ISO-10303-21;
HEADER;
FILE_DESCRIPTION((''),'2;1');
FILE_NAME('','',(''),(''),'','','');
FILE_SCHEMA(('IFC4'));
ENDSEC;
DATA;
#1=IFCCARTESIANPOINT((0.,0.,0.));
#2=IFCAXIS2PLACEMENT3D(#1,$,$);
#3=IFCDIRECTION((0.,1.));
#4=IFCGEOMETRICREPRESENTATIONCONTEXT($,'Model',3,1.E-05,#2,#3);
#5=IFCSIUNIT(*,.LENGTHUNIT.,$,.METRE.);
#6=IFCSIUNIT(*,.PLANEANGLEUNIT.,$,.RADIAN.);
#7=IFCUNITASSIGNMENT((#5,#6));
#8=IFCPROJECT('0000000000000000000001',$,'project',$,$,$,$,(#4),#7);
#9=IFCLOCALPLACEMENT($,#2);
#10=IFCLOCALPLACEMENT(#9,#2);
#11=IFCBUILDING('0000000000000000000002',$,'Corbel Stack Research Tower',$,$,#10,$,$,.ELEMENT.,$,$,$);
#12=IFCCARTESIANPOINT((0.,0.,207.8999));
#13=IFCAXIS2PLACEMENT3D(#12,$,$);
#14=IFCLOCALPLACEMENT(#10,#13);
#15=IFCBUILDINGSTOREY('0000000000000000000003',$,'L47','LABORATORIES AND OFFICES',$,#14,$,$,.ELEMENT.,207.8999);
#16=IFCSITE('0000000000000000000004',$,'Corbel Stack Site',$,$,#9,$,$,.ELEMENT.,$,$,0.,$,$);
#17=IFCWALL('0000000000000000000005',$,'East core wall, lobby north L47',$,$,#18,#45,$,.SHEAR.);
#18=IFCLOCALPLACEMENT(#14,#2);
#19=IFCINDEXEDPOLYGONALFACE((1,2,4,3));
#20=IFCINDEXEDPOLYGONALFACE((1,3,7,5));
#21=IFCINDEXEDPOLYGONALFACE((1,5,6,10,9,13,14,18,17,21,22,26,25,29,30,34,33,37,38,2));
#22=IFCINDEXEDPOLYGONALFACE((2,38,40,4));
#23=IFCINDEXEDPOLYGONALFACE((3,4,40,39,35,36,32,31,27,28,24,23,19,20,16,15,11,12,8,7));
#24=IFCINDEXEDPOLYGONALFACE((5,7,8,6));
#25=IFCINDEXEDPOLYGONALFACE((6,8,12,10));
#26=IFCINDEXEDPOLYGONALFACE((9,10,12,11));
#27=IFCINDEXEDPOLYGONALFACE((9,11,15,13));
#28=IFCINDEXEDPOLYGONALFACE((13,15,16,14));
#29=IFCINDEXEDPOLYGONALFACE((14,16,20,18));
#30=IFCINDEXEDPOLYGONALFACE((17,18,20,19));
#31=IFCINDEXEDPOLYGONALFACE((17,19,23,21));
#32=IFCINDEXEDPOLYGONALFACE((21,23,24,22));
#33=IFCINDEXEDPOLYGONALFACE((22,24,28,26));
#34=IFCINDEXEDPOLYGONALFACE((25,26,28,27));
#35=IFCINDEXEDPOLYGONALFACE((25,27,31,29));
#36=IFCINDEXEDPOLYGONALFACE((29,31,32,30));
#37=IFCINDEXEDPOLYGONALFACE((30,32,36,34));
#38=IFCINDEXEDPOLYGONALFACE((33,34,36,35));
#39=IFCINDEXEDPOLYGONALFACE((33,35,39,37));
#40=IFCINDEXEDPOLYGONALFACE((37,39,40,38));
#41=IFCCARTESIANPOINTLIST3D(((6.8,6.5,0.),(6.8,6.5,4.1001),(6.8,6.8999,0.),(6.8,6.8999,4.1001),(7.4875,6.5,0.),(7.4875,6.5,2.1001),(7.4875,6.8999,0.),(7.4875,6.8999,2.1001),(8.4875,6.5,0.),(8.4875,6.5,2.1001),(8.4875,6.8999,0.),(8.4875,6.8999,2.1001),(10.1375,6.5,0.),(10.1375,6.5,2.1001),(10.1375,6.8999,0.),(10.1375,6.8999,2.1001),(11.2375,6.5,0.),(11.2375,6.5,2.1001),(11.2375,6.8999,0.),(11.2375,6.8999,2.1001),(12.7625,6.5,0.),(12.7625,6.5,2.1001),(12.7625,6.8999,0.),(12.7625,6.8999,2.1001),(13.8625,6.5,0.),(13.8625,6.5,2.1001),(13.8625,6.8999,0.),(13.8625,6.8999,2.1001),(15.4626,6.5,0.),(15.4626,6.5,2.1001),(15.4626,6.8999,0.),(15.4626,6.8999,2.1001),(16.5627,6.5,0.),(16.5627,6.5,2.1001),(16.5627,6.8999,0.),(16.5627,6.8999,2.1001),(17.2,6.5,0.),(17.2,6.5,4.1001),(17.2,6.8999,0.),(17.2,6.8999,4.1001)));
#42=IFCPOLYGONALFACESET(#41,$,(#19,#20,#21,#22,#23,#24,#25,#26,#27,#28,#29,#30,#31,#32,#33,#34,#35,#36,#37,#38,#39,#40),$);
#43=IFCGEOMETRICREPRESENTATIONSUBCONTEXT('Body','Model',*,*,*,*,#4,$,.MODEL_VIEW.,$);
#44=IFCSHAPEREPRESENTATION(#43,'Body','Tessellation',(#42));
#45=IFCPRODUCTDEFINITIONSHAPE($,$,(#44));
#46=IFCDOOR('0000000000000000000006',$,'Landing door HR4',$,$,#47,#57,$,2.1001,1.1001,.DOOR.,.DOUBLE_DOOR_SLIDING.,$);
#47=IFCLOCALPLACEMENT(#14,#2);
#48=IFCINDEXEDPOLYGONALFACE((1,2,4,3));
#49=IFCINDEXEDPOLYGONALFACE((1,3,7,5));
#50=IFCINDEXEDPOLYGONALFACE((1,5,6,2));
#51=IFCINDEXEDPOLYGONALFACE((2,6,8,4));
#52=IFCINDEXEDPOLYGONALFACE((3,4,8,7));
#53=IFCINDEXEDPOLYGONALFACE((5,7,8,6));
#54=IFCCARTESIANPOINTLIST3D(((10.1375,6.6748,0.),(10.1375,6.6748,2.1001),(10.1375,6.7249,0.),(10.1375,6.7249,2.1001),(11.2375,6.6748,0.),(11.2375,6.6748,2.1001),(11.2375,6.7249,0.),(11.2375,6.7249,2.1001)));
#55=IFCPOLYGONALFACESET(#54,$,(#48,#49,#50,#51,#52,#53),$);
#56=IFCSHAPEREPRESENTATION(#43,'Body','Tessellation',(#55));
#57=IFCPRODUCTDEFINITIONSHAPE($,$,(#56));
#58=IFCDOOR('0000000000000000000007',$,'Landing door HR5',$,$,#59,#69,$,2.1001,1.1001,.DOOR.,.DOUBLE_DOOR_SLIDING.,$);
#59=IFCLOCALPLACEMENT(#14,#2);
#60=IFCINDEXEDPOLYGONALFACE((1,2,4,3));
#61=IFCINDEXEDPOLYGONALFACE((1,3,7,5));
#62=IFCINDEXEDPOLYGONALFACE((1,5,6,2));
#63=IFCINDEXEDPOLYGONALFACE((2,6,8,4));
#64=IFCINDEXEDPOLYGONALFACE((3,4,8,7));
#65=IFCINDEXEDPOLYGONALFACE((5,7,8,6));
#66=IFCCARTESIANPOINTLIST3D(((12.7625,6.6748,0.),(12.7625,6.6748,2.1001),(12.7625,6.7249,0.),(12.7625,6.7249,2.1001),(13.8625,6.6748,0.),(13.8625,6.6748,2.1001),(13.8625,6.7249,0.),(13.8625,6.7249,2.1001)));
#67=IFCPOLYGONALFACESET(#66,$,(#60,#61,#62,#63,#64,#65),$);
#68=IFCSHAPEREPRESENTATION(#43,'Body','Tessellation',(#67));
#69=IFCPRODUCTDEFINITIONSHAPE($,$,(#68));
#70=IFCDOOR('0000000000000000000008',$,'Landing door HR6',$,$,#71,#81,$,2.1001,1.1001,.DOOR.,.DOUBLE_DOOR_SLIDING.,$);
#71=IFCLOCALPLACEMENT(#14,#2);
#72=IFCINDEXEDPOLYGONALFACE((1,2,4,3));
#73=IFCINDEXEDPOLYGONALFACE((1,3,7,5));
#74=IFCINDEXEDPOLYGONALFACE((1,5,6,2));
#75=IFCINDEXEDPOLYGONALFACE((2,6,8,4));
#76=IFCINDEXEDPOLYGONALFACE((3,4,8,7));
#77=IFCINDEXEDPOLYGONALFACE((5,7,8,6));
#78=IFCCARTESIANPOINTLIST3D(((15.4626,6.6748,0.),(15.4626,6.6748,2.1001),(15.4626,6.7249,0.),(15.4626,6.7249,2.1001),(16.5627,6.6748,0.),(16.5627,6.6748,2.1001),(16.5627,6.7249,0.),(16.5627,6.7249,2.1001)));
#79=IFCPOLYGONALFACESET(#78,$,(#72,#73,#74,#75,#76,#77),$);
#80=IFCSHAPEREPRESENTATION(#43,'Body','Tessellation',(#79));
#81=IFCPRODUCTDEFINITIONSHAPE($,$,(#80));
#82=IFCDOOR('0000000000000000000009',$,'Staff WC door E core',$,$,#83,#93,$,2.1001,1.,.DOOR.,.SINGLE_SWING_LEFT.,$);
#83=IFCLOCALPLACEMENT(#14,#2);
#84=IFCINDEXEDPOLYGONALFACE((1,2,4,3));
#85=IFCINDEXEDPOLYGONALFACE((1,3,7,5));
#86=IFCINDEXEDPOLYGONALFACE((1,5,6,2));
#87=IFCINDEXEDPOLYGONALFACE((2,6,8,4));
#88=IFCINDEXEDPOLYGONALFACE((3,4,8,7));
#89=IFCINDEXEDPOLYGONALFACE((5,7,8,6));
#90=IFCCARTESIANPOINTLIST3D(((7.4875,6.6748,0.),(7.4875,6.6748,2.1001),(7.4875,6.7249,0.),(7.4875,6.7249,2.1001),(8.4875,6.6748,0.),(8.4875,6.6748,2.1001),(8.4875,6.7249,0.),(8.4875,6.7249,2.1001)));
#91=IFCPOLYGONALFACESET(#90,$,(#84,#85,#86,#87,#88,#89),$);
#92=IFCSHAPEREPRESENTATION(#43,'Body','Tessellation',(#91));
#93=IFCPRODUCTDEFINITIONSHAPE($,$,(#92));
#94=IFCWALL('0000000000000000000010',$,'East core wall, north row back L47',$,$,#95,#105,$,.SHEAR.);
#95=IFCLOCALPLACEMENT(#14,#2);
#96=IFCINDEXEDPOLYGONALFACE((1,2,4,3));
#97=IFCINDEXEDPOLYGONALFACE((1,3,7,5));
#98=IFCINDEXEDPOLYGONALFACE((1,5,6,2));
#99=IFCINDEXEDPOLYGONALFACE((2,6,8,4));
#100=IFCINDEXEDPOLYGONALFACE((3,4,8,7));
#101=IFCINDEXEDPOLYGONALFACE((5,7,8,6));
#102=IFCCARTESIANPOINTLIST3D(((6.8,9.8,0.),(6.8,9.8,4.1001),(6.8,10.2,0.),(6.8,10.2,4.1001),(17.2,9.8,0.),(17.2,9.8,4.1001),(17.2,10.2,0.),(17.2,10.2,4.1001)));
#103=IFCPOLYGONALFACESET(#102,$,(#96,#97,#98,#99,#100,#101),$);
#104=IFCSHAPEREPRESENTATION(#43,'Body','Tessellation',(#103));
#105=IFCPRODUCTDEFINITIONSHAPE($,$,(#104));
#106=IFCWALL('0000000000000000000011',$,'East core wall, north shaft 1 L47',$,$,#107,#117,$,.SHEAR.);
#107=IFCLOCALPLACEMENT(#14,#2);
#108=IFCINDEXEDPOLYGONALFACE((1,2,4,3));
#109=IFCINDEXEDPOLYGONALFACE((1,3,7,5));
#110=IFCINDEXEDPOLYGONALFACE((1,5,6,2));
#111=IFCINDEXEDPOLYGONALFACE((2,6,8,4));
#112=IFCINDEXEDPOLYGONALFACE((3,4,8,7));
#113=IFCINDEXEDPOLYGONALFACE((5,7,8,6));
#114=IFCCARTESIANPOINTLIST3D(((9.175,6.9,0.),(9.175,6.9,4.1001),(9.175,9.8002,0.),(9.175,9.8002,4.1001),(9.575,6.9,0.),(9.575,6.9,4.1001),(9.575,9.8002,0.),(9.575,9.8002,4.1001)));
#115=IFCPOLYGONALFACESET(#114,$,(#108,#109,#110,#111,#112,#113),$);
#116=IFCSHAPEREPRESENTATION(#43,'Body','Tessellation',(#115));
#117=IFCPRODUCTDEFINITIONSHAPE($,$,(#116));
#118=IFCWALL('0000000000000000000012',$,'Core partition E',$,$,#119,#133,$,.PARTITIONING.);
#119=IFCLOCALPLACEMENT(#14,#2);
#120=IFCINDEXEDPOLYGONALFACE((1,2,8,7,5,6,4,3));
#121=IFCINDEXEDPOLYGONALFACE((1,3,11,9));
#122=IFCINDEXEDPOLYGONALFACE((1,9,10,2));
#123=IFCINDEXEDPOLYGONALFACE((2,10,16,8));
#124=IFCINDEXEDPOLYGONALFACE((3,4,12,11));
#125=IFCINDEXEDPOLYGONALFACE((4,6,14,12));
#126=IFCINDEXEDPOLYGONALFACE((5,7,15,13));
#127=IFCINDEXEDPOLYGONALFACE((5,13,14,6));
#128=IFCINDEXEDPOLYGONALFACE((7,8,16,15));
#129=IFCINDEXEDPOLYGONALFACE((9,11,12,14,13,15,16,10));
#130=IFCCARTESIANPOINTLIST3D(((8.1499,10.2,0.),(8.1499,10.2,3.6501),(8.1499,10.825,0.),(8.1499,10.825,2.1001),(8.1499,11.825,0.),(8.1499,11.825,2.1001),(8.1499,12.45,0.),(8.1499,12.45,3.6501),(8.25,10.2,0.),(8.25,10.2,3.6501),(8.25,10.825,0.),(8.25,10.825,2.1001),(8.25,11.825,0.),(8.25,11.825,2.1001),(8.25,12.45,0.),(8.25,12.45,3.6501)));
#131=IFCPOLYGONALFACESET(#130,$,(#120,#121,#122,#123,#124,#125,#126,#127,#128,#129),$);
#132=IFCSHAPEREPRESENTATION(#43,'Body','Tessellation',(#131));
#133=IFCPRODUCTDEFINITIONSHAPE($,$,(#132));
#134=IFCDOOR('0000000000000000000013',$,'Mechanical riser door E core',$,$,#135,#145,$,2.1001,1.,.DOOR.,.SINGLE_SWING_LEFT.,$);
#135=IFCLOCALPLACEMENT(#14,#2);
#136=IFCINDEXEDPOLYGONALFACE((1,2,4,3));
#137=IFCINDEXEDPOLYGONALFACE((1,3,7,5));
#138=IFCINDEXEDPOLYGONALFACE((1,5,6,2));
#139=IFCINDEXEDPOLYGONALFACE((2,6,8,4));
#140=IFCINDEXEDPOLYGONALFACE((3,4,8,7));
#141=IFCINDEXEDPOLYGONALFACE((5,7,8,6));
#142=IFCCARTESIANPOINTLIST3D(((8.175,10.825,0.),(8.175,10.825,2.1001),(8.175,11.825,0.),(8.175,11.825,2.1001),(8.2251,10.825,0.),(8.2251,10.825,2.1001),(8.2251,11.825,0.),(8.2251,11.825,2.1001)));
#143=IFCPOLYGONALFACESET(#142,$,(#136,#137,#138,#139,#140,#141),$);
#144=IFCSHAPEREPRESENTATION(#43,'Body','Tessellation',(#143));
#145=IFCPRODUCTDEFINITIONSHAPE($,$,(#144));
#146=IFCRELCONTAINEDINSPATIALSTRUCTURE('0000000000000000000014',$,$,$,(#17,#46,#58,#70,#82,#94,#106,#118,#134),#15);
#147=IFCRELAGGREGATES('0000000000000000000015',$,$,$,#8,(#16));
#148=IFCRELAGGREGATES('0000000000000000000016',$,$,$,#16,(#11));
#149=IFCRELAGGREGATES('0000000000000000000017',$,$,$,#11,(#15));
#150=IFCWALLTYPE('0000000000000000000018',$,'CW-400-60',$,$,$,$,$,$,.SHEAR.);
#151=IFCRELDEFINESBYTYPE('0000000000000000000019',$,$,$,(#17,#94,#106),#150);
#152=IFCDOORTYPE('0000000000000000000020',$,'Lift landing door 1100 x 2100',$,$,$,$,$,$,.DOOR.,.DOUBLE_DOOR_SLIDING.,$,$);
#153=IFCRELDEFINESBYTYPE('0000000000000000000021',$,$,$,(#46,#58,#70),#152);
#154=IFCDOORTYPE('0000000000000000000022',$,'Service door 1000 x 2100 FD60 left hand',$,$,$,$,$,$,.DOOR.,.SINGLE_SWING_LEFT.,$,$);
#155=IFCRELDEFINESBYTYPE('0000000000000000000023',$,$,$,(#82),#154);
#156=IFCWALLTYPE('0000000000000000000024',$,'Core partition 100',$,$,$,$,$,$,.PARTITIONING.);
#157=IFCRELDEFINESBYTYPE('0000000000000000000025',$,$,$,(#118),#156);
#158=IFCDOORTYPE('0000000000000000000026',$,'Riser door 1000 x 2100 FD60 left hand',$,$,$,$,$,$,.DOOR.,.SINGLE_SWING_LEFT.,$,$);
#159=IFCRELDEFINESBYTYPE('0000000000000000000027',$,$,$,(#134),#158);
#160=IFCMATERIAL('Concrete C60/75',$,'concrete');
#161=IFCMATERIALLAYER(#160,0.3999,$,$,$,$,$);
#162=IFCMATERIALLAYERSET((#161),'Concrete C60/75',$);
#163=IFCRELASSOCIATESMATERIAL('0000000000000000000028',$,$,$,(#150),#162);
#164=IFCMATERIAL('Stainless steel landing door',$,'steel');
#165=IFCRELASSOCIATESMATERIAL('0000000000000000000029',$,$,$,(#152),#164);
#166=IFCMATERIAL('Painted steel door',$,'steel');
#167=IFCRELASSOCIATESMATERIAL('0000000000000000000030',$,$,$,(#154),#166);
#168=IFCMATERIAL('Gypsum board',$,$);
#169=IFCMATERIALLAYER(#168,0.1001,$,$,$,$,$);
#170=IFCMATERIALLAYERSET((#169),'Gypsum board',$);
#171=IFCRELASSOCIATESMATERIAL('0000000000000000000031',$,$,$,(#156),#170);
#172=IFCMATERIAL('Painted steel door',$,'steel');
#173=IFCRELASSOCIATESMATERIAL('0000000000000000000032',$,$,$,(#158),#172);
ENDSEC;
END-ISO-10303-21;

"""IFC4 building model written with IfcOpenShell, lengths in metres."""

from ifc_helpers import new_model, si_unit, direction, frame, frame_2d, origin, place, context, subcontext, project, spatial, rectangle, extrude, material, layer, layer_set, type_object, element, fill, save


model = new_model("IFC4")

# Units and contexts
model_context = context("Model", 3, precision=1e-05, world=origin(), true_north=direction((0.0, 1.0)))
body_context = subcontext(model_context, "Body", "Model", "MODEL_VIEW")
ifc_project = project(units=[si_unit("LENGTHUNIT", "METRE"), si_unit("PLANEANGLEUNIT", "RADIAN")], contexts=[model_context])

# Site, building, storey
site_placement = place(None, origin())
site = spatial("IfcSite", under=ifc_project, at=site_placement, Name="Corbel Stack Site", CompositionType="ELEMENT", RefElevation=0.0)
building_placement = place(site_placement, origin())
building = spatial("IfcBuilding", under=site, at=building_placement, Name="Corbel Stack Research Tower", CompositionType="ELEMENT")
storey_placement = place(building_placement, frame((0.0, 0.0, 207.8999)))
storey = spatial("IfcBuildingStorey", under=building, at=storey_placement, Name="L47", Description="LABORATORIES AND OFFICES", CompositionType="ELEMENT", Elevation=207.8999)

# Wall, openings, doors
ifc_material_1 = material(Name="Concrete C60/75", Category="concrete")
ifc_layer_1 = layer(ifc_material_1, 0.3999)
ifc_layer_set_1 = layer_set([ifc_layer_1], Name="Concrete C60/75")
wall_type_1 = type_object("IfcWallType", Name="CW-400-60", PredefinedType="SHEAR", material=ifc_layer_set_1)
ifc_material_2 = material(Name="Stainless steel landing door", Category="steel")
door_type_1 = type_object("IfcDoorType", Name="Lift landing door 1100 x 2100", OperationType="DOUBLE_DOOR_SLIDING", PredefinedType="DOOR", material=ifc_material_2)
ifc_material_3 = material(Name="Painted steel door", Category="steel")
door_type_2 = type_object("IfcDoorType", Name="Service door 1000 x 2100 FD60 left hand", OperationType="SINGLE_SWING_LEFT", PredefinedType="DOOR", material=ifc_material_3)
wall_1_placement = place(storey_placement, frame((6.8, 6.7, 0.0), z_axis=(0.0, 0.0, 1.0), x_axis=(1.0, 0.0, 0.0)))
wall_1 = element("IfcWall", 1, at=wall_1_placement, inside=storey, type_object=wall_type_1, Name="East core wall, lobby north L47", PredefinedType="SHEAR", context=body_context, shape_type="SweptSolid", body=[
    extrude(rectangle(XDim=10.3999, YDim=0.3999, at=frame_2d((5.2, 0.0))), origin(), (0.0, 0.0, 1.0), 4.1001),
])
opening_1_placement = place(wall_1_placement, frame((3.3374, 0.0, 0.0)))
opening_1 = element("IfcOpeningElement", 2, at=opening_1_placement, cuts=wall_1, PredefinedType="OPENING", context=body_context, shape_type="SweptSolid", body=[
    extrude(rectangle(XDim=1.1001, YDim=2.1001, at=frame_2d((0.55, 1.05))), frame((0.0, 0.21, 0.0), z_axis=(0.0, -1.0, 0.0), x_axis=(1.0, 0.0, 0.0)), (0.0, 0.0, 1.0), 0.4199),
])
opening_2_placement = place(wall_1_placement, frame((5.9624, 0.0, 0.0)))
opening_2 = element("IfcOpeningElement", 3, at=opening_2_placement, cuts=wall_1, PredefinedType="OPENING", context=body_context, shape_type="SweptSolid", body=[
    extrude(rectangle(XDim=1.1001, YDim=2.1001, at=frame_2d((0.55, 1.05))), frame((0.0, 0.21, 0.0), z_axis=(0.0, -1.0, 0.0), x_axis=(1.0, 0.0, 0.0)), (0.0, 0.0, 1.0), 0.4199),
])
opening_3_placement = place(wall_1_placement, frame((8.6626, 0.0, 0.0)))
opening_3 = element("IfcOpeningElement", 4, at=opening_3_placement, cuts=wall_1, PredefinedType="OPENING", context=body_context, shape_type="SweptSolid", body=[
    extrude(rectangle(XDim=1.1001, YDim=2.1001, at=frame_2d((0.55, 1.05))), frame((0.0, 0.21, 0.0), z_axis=(0.0, -1.0, 0.0), x_axis=(1.0, 0.0, 0.0)), (0.0, 0.0, 1.0), 0.4199),
])
opening_4_placement = place(wall_1_placement, frame((0.6875, 0.0, 0.0)))
opening_4 = element("IfcOpeningElement", 5, at=opening_4_placement, cuts=wall_1, PredefinedType="OPENING", context=body_context, shape_type="SweptSolid", body=[
    extrude(rectangle(XDim=1.0, YDim=2.1001, at=frame_2d((0.5, 1.05))), frame((0.0, 0.21, 0.0), z_axis=(0.0, -1.0, 0.0), x_axis=(1.0, 0.0, 0.0)), (0.0, 0.0, 1.0), 0.4199),
])
door_1_placement = place(opening_1_placement, origin())
door_1 = element("IfcDoor", 6, at=door_1_placement, inside=storey, type_object=door_type_1, Name="Landing door HR4", OperationType="DOUBLE_DOOR_SLIDING", OverallHeight=2.1001, OverallWidth=1.1001, PredefinedType="DOOR", context=body_context, shape_type="SweptSolid", body=[
    extrude(rectangle(XDim=1.1001, YDim=2.1001, at=frame_2d((0.55, 1.05))), frame((0.0, 0.0249, 0.0), z_axis=(0.0, -1.0, 0.0), x_axis=(1.0, 0.0, 0.0)), (0.0, 0.0, 1.0), 0.05),
])
fill(opening_1, door_1)
door_2_placement = place(opening_2_placement, origin())
door_2 = element("IfcDoor", 7, at=door_2_placement, inside=storey, type_object=door_type_1, Name="Landing door HR5", OperationType="DOUBLE_DOOR_SLIDING", OverallHeight=2.1001, OverallWidth=1.1001, PredefinedType="DOOR", context=body_context, shape_type="SweptSolid", body=[
    extrude(rectangle(XDim=1.1001, YDim=2.1001, at=frame_2d((0.55, 1.05))), frame((0.0, 0.0249, 0.0), z_axis=(0.0, -1.0, 0.0), x_axis=(1.0, 0.0, 0.0)), (0.0, 0.0, 1.0), 0.05),
])
fill(opening_2, door_2)
door_3_placement = place(opening_3_placement, origin())
door_3 = element("IfcDoor", 8, at=door_3_placement, inside=storey, type_object=door_type_1, Name="Landing door HR6", OperationType="DOUBLE_DOOR_SLIDING", OverallHeight=2.1001, OverallWidth=1.1001, PredefinedType="DOOR", context=body_context, shape_type="SweptSolid", body=[
    extrude(rectangle(XDim=1.1001, YDim=2.1001, at=frame_2d((0.55, 1.05))), frame((0.0, 0.0249, 0.0), z_axis=(0.0, -1.0, 0.0), x_axis=(1.0, 0.0, 0.0)), (0.0, 0.0, 1.0), 0.05),
])
fill(opening_3, door_3)
door_4_placement = place(opening_4_placement, origin())
door_4 = element("IfcDoor", 9, at=door_4_placement, inside=storey, type_object=door_type_2, Name="Staff WC door E core", OperationType="SINGLE_SWING_LEFT", OverallHeight=2.1001, OverallWidth=1.0, PredefinedType="DOOR", context=body_context, shape_type="SweptSolid", body=[
    extrude(rectangle(XDim=1.0, YDim=2.1001, at=frame_2d((0.5, 1.05))), frame((0.0, 0.0249, 0.0), z_axis=(0.0, -1.0, 0.0), x_axis=(1.0, 0.0, 0.0)), (0.0, 0.0, 1.0), 0.05),
])
fill(opening_4, door_4)

# Walls
wall_2_placement = place(storey_placement, frame((6.8, 10.0, 0.0), z_axis=(0.0, 0.0, 1.0), x_axis=(1.0, 0.0, 0.0)))
element("IfcWall", 10, at=wall_2_placement, inside=storey, type_object=wall_type_1, Name="East core wall, north row back L47", PredefinedType="SHEAR", context=body_context, shape_type="SweptSolid", body=[
    extrude(rectangle(XDim=10.3999, YDim=0.3999, at=frame_2d((5.2, 0.0))), origin(), (0.0, 0.0, 1.0), 4.1001),
])
wall_3_placement = place(storey_placement, frame((9.375, 6.8999, 0.0), z_axis=(0.0, 0.0, 1.0), x_axis=(0.0, 1.0, 0.0)))
element("IfcWall", 11, at=wall_3_placement, inside=storey, type_object=wall_type_1, Name="East core wall, north shaft 1 L47", PredefinedType="SHEAR", context=body_context, shape_type="SweptSolid", body=[
    extrude(rectangle(XDim=2.9001, YDim=0.3999, at=frame_2d((1.4502, 0.0))), origin(), (0.0, 0.0, 1.0), 4.1001),
])

# Wall, opening, door
ifc_material_4 = material(Name="Gypsum board")
ifc_layer_2 = layer(ifc_material_4, 0.1001)
ifc_layer_set_2 = layer_set([ifc_layer_2], Name="Gypsum board")
wall_type_2 = type_object("IfcWallType", Name="Core partition 100", PredefinedType="PARTITIONING", material=ifc_layer_set_2)
wall_4_placement = place(storey_placement, frame((8.2, 10.2, 0.0), z_axis=(0.0, 0.0, 1.0), x_axis=(0.0, 1.0, 0.0)))
wall_4 = element("IfcWall", 12, at=wall_4_placement, inside=storey, type_object=wall_type_2, Name="Core partition E", PredefinedType="PARTITIONING", context=body_context, shape_type="SweptSolid", body=[
    extrude(rectangle(XDim=2.25, YDim=0.1001, at=frame_2d((1.125, 0.0))), origin(), (0.0, 0.0, 1.0), 3.6501),
])
opening_5_placement = place(wall_4_placement, frame((0.625, 0.0, 0.0)))
opening_5 = element("IfcOpeningElement", 13, at=opening_5_placement, cuts=wall_4, PredefinedType="OPENING", context=body_context, shape_type="SweptSolid", body=[
    extrude(rectangle(XDim=1.0, YDim=2.1001, at=frame_2d((0.5, 1.05))), frame((0.0, 0.0601, 0.0), z_axis=(0.0, -1.0, 0.0), x_axis=(1.0, 0.0, 0.0)), (0.0, 0.0, 1.0), 0.1201),
])
ifc_material_5 = material(Name="Painted steel door", Category="steel")
door_type_3 = type_object("IfcDoorType", Name="Riser door 1000 x 2100 FD60 left hand", OperationType="SINGLE_SWING_LEFT", PredefinedType="DOOR", material=ifc_material_5)
door_5_placement = place(opening_5_placement, origin())
door_5 = element("IfcDoor", 14, at=door_5_placement, inside=storey, type_object=door_type_3, Name="Mechanical riser door E core", OperationType="SINGLE_SWING_LEFT", OverallHeight=2.1001, OverallWidth=1.0, PredefinedType="DOOR", context=body_context, shape_type="SweptSolid", body=[
    extrude(rectangle(XDim=1.0, YDim=2.1001, at=frame_2d((0.5, 1.05))), frame((0.0, 0.0249, 0.0), z_axis=(0.0, -1.0, 0.0), x_axis=(1.0, 0.0, 0.0)), (0.0, 0.0, 1.0), 0.05),
])
fill(opening_5, door_5)

save(model, "model.ifc")
